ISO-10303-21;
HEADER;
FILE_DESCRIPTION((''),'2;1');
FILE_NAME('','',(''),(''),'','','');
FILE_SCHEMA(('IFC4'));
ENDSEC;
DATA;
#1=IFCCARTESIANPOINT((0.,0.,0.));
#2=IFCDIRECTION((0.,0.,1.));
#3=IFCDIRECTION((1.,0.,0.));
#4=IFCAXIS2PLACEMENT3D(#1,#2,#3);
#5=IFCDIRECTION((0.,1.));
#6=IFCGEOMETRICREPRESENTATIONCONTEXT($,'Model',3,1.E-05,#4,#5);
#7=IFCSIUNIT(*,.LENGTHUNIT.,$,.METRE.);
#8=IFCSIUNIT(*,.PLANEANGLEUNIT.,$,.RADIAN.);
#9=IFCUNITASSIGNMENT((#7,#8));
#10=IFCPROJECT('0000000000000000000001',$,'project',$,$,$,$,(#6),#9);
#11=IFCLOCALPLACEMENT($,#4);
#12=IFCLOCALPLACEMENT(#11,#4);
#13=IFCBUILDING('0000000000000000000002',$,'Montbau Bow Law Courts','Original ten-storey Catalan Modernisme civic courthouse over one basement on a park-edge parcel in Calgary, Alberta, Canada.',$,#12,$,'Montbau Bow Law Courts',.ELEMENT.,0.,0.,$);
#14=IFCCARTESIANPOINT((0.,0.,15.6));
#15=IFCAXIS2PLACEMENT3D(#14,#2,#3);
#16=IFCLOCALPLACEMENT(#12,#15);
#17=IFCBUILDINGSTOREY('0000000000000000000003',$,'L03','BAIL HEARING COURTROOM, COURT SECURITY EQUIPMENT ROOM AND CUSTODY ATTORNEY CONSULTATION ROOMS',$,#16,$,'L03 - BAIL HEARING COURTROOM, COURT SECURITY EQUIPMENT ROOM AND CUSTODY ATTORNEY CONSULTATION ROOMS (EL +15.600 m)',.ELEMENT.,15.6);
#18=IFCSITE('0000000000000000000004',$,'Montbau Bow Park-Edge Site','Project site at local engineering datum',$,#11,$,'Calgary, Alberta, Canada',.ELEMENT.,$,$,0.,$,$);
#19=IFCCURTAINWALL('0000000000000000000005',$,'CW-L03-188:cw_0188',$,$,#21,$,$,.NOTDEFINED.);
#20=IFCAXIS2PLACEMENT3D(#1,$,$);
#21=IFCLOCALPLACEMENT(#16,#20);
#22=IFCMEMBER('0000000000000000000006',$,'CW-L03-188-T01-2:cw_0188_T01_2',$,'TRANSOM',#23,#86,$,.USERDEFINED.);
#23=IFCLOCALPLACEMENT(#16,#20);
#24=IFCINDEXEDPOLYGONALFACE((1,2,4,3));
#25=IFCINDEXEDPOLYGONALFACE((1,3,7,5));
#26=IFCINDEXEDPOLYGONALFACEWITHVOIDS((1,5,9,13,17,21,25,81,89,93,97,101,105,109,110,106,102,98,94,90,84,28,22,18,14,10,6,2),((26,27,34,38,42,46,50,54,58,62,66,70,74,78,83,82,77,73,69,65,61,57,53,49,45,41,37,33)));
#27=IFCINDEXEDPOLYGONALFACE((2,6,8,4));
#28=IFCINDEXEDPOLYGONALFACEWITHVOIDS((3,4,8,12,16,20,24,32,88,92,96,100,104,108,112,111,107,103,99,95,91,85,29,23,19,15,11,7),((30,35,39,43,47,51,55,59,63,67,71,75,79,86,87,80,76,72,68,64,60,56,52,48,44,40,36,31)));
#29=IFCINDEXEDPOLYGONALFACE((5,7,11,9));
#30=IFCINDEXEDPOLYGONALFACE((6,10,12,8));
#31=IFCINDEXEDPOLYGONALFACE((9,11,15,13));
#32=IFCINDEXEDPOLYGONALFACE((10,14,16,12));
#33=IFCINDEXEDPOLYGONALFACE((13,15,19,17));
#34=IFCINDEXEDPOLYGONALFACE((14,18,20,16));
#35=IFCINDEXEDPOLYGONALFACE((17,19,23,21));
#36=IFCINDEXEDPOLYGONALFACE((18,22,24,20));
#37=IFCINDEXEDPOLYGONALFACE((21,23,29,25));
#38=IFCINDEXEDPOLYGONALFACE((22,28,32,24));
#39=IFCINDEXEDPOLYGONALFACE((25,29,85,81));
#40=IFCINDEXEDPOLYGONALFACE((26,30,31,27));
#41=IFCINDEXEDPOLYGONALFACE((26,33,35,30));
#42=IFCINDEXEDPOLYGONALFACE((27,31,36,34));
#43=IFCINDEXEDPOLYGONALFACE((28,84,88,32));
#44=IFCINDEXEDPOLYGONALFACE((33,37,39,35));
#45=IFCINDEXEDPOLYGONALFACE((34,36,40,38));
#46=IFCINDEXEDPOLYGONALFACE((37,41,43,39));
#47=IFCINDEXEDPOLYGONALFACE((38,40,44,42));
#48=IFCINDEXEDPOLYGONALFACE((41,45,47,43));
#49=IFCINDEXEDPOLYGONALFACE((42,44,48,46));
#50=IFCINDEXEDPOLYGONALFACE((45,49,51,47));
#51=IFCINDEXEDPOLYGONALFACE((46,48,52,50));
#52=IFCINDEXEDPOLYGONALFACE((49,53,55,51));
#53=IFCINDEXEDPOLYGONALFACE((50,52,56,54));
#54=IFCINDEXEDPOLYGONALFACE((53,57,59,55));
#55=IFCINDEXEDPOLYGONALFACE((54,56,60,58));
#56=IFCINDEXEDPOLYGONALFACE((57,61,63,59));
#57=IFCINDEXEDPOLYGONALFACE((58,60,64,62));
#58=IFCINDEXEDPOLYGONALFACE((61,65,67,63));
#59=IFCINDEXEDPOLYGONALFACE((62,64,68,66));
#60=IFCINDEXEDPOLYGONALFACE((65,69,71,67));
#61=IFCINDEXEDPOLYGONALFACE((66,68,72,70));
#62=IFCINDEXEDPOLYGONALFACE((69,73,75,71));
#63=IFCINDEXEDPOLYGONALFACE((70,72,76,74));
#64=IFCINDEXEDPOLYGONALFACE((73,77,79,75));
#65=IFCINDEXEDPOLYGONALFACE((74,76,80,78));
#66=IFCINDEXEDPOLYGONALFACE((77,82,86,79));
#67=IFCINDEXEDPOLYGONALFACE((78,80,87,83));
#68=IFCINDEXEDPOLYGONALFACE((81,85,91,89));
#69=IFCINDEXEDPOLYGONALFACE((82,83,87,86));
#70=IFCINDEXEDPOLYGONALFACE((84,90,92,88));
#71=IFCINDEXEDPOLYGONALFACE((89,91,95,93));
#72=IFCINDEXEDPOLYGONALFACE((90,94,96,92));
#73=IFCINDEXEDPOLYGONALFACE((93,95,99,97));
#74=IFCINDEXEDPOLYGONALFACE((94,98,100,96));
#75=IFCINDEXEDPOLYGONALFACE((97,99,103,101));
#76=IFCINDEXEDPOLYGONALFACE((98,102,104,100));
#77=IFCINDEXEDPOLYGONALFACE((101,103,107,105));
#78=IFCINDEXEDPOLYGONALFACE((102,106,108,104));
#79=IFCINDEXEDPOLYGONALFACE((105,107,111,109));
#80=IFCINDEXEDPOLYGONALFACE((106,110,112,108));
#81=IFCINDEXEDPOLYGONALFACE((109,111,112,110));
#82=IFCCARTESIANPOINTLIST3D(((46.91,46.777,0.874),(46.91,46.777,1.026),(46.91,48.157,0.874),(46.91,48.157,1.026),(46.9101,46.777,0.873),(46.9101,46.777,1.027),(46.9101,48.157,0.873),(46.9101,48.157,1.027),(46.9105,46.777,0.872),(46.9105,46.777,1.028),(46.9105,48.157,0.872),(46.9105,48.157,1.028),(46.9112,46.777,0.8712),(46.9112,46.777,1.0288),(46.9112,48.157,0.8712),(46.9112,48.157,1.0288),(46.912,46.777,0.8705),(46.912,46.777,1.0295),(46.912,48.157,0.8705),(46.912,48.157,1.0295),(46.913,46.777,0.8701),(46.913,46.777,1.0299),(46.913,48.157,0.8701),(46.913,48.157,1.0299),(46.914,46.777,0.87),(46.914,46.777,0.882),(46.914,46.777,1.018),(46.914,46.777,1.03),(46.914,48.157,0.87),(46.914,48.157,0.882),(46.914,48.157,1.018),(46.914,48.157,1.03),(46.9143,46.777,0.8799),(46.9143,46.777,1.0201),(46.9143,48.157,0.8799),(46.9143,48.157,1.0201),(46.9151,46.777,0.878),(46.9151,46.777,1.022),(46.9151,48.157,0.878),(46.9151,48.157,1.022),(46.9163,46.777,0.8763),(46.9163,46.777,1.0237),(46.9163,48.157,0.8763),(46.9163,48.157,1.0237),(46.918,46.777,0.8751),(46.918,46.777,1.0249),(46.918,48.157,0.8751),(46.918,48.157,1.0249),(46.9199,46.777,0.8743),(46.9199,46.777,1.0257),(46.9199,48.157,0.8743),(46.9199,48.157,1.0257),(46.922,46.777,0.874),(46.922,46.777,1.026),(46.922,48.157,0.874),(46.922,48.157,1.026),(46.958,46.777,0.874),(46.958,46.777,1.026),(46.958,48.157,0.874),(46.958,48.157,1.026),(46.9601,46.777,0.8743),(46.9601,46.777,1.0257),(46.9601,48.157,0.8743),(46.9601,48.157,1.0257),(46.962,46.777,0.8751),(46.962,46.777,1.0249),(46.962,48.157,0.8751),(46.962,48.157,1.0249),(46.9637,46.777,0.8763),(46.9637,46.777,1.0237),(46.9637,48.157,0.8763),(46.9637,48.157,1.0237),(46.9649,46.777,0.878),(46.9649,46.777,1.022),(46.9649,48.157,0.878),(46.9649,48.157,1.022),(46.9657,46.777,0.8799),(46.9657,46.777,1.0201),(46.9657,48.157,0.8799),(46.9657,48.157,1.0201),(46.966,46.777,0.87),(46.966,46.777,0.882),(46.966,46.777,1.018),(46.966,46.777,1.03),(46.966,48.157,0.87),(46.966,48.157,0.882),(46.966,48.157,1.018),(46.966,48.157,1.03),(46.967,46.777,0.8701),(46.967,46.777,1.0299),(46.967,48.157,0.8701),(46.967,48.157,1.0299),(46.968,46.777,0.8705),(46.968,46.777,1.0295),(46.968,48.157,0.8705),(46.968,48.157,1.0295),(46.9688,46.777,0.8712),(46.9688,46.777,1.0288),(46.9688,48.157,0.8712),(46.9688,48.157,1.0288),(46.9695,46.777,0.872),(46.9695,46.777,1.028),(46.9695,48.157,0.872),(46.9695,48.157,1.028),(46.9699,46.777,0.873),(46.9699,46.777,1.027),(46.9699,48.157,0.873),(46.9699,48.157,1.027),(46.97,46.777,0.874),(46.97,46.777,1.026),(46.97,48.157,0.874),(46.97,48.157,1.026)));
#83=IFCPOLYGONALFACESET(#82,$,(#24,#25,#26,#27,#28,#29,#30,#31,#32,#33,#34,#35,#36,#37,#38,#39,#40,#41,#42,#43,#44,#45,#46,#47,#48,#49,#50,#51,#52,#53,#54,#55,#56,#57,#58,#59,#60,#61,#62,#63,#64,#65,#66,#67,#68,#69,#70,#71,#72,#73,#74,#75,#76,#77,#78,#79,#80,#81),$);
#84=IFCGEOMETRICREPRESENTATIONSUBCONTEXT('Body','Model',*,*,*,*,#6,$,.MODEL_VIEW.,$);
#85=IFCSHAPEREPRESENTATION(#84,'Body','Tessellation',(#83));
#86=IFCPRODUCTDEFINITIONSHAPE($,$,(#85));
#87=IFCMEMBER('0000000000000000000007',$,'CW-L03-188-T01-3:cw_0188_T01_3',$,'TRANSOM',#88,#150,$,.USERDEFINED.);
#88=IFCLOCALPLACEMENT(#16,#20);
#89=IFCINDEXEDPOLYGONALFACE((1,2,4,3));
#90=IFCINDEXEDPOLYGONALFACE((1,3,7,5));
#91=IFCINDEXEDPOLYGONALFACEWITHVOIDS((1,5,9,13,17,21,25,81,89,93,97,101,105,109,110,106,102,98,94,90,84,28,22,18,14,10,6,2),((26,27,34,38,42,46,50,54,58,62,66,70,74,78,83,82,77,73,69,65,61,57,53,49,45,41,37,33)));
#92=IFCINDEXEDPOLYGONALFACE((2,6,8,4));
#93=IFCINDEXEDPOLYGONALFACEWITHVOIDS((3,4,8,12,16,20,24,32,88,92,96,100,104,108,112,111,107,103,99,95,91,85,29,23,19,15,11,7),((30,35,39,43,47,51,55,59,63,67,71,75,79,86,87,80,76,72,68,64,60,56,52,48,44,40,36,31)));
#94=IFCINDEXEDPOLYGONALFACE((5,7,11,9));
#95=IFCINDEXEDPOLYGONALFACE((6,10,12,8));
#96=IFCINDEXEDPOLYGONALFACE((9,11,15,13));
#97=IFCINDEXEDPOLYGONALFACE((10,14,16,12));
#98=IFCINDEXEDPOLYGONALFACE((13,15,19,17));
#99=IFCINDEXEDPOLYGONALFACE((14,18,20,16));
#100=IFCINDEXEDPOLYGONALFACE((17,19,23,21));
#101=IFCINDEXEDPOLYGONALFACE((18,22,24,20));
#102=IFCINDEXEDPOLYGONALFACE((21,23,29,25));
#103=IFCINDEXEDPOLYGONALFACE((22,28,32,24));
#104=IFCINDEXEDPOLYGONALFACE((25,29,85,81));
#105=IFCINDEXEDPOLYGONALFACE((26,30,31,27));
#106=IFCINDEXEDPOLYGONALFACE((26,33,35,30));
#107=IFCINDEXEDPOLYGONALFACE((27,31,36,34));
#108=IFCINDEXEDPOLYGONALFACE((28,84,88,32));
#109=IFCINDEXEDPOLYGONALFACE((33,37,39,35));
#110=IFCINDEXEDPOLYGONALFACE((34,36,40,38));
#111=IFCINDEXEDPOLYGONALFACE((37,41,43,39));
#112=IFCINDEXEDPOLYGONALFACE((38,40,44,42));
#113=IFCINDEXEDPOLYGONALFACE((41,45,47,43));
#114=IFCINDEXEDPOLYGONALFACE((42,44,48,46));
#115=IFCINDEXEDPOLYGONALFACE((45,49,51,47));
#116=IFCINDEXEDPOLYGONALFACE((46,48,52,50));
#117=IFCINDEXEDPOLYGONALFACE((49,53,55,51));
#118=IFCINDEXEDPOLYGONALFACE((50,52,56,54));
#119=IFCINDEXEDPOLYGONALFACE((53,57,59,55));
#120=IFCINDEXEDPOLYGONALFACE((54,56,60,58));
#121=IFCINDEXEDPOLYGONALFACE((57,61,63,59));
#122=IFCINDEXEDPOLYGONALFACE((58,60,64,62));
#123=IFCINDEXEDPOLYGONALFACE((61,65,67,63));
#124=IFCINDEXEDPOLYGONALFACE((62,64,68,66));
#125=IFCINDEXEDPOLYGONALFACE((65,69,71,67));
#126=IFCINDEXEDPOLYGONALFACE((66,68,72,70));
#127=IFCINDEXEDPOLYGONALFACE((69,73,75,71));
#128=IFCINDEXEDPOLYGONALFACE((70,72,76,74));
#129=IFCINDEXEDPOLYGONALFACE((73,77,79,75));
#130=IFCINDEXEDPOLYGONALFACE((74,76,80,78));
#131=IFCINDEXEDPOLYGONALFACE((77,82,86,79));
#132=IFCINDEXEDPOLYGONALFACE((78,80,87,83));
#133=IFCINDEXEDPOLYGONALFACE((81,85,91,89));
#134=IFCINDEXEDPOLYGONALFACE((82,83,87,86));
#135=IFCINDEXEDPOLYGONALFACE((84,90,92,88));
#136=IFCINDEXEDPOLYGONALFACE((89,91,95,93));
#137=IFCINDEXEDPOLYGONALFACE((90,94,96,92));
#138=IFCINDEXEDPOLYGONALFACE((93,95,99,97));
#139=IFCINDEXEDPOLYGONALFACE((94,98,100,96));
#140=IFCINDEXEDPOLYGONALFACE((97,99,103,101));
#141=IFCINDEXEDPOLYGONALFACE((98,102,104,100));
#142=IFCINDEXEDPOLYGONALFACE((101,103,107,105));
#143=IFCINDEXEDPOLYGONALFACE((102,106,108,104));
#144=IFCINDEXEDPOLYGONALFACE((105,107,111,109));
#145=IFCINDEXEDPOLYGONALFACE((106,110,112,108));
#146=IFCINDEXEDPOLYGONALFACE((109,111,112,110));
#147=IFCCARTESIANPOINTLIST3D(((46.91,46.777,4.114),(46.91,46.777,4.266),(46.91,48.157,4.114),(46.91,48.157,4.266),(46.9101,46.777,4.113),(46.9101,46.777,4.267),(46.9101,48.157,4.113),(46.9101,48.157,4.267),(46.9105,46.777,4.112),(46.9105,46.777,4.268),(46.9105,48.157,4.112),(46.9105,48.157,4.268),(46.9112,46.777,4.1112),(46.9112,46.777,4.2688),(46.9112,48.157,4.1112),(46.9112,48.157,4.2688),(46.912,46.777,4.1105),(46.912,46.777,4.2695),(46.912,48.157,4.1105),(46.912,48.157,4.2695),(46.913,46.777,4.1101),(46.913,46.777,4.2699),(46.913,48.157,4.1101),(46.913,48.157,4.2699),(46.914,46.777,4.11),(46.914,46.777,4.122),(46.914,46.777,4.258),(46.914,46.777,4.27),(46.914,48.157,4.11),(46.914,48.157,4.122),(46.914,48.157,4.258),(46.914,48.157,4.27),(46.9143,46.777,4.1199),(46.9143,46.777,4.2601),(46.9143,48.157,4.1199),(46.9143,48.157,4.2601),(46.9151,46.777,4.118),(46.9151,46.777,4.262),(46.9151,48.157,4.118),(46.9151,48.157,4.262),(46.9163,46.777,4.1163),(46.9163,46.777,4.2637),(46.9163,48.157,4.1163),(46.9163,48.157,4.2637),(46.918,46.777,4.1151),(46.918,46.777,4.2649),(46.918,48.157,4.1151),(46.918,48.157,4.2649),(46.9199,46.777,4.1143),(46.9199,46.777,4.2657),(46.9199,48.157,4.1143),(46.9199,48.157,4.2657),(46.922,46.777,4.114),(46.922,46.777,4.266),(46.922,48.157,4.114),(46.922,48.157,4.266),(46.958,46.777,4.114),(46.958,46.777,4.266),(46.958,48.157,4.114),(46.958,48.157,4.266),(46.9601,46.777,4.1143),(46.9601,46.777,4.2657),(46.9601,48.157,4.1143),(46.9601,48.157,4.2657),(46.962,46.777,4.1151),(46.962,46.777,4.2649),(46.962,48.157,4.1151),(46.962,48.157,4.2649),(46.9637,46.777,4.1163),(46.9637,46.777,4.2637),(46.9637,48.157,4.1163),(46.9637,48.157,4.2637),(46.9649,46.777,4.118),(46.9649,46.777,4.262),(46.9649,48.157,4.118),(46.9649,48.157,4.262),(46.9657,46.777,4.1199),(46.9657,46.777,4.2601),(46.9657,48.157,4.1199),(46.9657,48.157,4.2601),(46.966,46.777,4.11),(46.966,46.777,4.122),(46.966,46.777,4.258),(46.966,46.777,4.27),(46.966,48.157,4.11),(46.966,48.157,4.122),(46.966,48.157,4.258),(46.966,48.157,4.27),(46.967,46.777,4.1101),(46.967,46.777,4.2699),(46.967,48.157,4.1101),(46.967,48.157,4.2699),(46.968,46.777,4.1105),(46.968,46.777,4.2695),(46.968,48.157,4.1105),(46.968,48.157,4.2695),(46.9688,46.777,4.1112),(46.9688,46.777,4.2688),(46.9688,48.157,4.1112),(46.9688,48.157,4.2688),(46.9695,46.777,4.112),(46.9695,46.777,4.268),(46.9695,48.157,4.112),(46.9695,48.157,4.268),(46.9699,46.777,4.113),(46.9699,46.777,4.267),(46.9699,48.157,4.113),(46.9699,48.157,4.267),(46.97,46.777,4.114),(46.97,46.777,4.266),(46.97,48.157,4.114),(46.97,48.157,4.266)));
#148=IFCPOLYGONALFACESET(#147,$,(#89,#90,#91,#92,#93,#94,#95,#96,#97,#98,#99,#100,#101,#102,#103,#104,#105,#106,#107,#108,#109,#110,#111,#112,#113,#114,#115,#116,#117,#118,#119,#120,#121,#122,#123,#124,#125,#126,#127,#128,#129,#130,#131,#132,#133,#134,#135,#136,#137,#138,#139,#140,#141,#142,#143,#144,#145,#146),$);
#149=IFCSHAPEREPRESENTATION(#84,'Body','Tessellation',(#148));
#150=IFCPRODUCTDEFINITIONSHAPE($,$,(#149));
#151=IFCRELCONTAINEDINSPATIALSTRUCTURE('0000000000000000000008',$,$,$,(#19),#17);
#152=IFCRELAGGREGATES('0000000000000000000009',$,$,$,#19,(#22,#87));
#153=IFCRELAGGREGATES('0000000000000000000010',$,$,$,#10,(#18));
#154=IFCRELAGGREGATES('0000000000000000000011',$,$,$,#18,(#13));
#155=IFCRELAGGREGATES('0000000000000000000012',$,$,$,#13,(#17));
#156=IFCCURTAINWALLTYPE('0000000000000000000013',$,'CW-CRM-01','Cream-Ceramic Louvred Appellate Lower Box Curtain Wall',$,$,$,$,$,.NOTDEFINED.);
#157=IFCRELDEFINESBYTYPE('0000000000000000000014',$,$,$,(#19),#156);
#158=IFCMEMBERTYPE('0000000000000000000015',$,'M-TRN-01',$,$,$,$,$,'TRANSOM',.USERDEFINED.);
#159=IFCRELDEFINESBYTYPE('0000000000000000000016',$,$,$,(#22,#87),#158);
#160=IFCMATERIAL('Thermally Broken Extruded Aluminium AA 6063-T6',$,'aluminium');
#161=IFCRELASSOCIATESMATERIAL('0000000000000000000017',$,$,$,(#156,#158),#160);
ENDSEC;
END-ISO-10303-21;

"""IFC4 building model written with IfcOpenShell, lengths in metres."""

from ifc_helpers import new_model, si_unit, direction, frame, origin_with_axes, origin_2d_with_axis, place, context, subcontext, project, spatial, hollow_rectangle, extrude, material, material_profile, profile_set, type_object, element, aggregate, save


model = new_model("IFC4")

# Units and contexts
model_context = context("Model", 3, precision=1e-05, world=origin_with_axes(), true_north=direction((0.0, 1.0)))
body_context = subcontext(model_context, "Body", "Model", "MODEL_VIEW")
ifc_project = project(units=[si_unit("LENGTHUNIT", "METRE"), si_unit("PLANEANGLEUNIT", "RADIAN")], contexts=[model_context])

# Site, building, storey
site_placement = place(None, origin_with_axes())
site = spatial("IfcSite", under=ifc_project, at=site_placement, Name="Montbau Bow Park-Edge Site", Description="Project site at local engineering datum", LongName="Calgary, Alberta, Canada", CompositionType="ELEMENT", RefElevation=0.0)
building_placement = place(site_placement, origin_with_axes())
building = spatial("IfcBuilding", under=site, at=building_placement, Name="Montbau Bow Law Courts", Description="Original ten-storey Catalan Modernisme civic courthouse over one basement on a park-edge parcel in Calgary, Alberta, Canada.", LongName="Montbau Bow Law Courts", CompositionType="ELEMENT", ElevationOfRefHeight=0.0, ElevationOfTerrain=0.0)
storey_placement = place(building_placement, frame((0.0, 0.0, 15.6), z_axis=(0.0, 0.0, 1.0), x_axis=(1.0, 0.0, 0.0)))
storey = spatial("IfcBuildingStorey", under=building, at=storey_placement, Name="L03", Description="BAIL HEARING COURTROOM, COURT SECURITY EQUIPMENT ROOM AND CUSTODY ATTORNEY CONSULTATION ROOMS", LongName="L03 - BAIL HEARING COURTROOM, COURT SECURITY EQUIPMENT ROOM AND CUSTODY ATTORNEY CONSULTATION ROOMS (EL +15.600 m)", CompositionType="ELEMENT", Elevation=15.6)

# Curtain wall, members
ifc_material_1 = material(Name="Thermally Broken Extruded Aluminium AA 6063-T6", Category="aluminium")
curtain_wall_type_1 = type_object("IfcCurtainWallType", Name="CW-CRM-01", Description="Cream-Ceramic Louvred Appellate Lower Box Curtain Wall", PredefinedType="NOTDEFINED", material=ifc_material_1)
curtain_wall_1_placement = place(None, frame((46.94, 46.715, 15.6), z_axis=(0.0, 0.0, 1.0), x_axis=(1.0, 0.0, 0.0)))
curtain_wall_1 = element("IfcCurtainWall", 1, at=curtain_wall_1_placement, inside=storey, type_object=curtain_wall_type_1, Name="CW-L03-188:cw_0188", PredefinedType="NOTDEFINED")
ifc_material_profile_1 = material_profile(ifc_material_1, hollow_rectangle(XDim=0.06, YDim=0.16, WallThickness=0.004, InnerFilletRadius=0.008, OuterFilletRadius=0.004, at=origin_2d_with_axis()), Name="CWT-160X60", Category="Main", Priority=0)
ifc_profile_set_1 = profile_set([ifc_material_profile_1], Name="Thermally Broken Extruded Aluminium AA 6063-T6")
member_type_1 = type_object("IfcMemberType", Name="M-TRN-01", ElementType="TRANSOM", PredefinedType="USERDEFINED", material=ifc_profile_set_1)
member_1_placement = place(None, frame((46.94, 46.777, 16.55), z_axis=(0.0, 1.0, 0.0), x_axis=(-1.0, 0.0, 0.0)))
member_1 = element("IfcMember", 2, at=member_1_placement, type_object=member_type_1, Name="CW-L03-188-T01-2:cw_0188_T01_2", ObjectType="TRANSOM", PredefinedType="USERDEFINED", context=body_context, shape_type="SweptSolid", body=[
    extrude(hollow_rectangle(XDim=0.06, YDim=0.16, WallThickness=0.004, InnerFilletRadius=0.008, OuterFilletRadius=0.004, at=origin_2d_with_axis()), origin_with_axes(), (0.0, 0.0, 1.0), 1.38),
])
member_2_placement = place(None, frame((46.94, 46.777, 19.79), z_axis=(0.0, 1.0, 0.0), x_axis=(-1.0, 0.0, 0.0)))
member_2 = element("IfcMember", 3, at=member_2_placement, type_object=member_type_1, Name="CW-L03-188-T01-3:cw_0188_T01_3", ObjectType="TRANSOM", PredefinedType="USERDEFINED", context=body_context, shape_type="SweptSolid", body=[
    extrude(hollow_rectangle(XDim=0.06, YDim=0.16, WallThickness=0.004, InnerFilletRadius=0.008, OuterFilletRadius=0.004, at=origin_2d_with_axis()), origin_with_axes(), (0.0, 0.0, 1.0), 1.38),
])

aggregate(curtain_wall_1, [member_1, member_2])

save(model, "model.ifc")
